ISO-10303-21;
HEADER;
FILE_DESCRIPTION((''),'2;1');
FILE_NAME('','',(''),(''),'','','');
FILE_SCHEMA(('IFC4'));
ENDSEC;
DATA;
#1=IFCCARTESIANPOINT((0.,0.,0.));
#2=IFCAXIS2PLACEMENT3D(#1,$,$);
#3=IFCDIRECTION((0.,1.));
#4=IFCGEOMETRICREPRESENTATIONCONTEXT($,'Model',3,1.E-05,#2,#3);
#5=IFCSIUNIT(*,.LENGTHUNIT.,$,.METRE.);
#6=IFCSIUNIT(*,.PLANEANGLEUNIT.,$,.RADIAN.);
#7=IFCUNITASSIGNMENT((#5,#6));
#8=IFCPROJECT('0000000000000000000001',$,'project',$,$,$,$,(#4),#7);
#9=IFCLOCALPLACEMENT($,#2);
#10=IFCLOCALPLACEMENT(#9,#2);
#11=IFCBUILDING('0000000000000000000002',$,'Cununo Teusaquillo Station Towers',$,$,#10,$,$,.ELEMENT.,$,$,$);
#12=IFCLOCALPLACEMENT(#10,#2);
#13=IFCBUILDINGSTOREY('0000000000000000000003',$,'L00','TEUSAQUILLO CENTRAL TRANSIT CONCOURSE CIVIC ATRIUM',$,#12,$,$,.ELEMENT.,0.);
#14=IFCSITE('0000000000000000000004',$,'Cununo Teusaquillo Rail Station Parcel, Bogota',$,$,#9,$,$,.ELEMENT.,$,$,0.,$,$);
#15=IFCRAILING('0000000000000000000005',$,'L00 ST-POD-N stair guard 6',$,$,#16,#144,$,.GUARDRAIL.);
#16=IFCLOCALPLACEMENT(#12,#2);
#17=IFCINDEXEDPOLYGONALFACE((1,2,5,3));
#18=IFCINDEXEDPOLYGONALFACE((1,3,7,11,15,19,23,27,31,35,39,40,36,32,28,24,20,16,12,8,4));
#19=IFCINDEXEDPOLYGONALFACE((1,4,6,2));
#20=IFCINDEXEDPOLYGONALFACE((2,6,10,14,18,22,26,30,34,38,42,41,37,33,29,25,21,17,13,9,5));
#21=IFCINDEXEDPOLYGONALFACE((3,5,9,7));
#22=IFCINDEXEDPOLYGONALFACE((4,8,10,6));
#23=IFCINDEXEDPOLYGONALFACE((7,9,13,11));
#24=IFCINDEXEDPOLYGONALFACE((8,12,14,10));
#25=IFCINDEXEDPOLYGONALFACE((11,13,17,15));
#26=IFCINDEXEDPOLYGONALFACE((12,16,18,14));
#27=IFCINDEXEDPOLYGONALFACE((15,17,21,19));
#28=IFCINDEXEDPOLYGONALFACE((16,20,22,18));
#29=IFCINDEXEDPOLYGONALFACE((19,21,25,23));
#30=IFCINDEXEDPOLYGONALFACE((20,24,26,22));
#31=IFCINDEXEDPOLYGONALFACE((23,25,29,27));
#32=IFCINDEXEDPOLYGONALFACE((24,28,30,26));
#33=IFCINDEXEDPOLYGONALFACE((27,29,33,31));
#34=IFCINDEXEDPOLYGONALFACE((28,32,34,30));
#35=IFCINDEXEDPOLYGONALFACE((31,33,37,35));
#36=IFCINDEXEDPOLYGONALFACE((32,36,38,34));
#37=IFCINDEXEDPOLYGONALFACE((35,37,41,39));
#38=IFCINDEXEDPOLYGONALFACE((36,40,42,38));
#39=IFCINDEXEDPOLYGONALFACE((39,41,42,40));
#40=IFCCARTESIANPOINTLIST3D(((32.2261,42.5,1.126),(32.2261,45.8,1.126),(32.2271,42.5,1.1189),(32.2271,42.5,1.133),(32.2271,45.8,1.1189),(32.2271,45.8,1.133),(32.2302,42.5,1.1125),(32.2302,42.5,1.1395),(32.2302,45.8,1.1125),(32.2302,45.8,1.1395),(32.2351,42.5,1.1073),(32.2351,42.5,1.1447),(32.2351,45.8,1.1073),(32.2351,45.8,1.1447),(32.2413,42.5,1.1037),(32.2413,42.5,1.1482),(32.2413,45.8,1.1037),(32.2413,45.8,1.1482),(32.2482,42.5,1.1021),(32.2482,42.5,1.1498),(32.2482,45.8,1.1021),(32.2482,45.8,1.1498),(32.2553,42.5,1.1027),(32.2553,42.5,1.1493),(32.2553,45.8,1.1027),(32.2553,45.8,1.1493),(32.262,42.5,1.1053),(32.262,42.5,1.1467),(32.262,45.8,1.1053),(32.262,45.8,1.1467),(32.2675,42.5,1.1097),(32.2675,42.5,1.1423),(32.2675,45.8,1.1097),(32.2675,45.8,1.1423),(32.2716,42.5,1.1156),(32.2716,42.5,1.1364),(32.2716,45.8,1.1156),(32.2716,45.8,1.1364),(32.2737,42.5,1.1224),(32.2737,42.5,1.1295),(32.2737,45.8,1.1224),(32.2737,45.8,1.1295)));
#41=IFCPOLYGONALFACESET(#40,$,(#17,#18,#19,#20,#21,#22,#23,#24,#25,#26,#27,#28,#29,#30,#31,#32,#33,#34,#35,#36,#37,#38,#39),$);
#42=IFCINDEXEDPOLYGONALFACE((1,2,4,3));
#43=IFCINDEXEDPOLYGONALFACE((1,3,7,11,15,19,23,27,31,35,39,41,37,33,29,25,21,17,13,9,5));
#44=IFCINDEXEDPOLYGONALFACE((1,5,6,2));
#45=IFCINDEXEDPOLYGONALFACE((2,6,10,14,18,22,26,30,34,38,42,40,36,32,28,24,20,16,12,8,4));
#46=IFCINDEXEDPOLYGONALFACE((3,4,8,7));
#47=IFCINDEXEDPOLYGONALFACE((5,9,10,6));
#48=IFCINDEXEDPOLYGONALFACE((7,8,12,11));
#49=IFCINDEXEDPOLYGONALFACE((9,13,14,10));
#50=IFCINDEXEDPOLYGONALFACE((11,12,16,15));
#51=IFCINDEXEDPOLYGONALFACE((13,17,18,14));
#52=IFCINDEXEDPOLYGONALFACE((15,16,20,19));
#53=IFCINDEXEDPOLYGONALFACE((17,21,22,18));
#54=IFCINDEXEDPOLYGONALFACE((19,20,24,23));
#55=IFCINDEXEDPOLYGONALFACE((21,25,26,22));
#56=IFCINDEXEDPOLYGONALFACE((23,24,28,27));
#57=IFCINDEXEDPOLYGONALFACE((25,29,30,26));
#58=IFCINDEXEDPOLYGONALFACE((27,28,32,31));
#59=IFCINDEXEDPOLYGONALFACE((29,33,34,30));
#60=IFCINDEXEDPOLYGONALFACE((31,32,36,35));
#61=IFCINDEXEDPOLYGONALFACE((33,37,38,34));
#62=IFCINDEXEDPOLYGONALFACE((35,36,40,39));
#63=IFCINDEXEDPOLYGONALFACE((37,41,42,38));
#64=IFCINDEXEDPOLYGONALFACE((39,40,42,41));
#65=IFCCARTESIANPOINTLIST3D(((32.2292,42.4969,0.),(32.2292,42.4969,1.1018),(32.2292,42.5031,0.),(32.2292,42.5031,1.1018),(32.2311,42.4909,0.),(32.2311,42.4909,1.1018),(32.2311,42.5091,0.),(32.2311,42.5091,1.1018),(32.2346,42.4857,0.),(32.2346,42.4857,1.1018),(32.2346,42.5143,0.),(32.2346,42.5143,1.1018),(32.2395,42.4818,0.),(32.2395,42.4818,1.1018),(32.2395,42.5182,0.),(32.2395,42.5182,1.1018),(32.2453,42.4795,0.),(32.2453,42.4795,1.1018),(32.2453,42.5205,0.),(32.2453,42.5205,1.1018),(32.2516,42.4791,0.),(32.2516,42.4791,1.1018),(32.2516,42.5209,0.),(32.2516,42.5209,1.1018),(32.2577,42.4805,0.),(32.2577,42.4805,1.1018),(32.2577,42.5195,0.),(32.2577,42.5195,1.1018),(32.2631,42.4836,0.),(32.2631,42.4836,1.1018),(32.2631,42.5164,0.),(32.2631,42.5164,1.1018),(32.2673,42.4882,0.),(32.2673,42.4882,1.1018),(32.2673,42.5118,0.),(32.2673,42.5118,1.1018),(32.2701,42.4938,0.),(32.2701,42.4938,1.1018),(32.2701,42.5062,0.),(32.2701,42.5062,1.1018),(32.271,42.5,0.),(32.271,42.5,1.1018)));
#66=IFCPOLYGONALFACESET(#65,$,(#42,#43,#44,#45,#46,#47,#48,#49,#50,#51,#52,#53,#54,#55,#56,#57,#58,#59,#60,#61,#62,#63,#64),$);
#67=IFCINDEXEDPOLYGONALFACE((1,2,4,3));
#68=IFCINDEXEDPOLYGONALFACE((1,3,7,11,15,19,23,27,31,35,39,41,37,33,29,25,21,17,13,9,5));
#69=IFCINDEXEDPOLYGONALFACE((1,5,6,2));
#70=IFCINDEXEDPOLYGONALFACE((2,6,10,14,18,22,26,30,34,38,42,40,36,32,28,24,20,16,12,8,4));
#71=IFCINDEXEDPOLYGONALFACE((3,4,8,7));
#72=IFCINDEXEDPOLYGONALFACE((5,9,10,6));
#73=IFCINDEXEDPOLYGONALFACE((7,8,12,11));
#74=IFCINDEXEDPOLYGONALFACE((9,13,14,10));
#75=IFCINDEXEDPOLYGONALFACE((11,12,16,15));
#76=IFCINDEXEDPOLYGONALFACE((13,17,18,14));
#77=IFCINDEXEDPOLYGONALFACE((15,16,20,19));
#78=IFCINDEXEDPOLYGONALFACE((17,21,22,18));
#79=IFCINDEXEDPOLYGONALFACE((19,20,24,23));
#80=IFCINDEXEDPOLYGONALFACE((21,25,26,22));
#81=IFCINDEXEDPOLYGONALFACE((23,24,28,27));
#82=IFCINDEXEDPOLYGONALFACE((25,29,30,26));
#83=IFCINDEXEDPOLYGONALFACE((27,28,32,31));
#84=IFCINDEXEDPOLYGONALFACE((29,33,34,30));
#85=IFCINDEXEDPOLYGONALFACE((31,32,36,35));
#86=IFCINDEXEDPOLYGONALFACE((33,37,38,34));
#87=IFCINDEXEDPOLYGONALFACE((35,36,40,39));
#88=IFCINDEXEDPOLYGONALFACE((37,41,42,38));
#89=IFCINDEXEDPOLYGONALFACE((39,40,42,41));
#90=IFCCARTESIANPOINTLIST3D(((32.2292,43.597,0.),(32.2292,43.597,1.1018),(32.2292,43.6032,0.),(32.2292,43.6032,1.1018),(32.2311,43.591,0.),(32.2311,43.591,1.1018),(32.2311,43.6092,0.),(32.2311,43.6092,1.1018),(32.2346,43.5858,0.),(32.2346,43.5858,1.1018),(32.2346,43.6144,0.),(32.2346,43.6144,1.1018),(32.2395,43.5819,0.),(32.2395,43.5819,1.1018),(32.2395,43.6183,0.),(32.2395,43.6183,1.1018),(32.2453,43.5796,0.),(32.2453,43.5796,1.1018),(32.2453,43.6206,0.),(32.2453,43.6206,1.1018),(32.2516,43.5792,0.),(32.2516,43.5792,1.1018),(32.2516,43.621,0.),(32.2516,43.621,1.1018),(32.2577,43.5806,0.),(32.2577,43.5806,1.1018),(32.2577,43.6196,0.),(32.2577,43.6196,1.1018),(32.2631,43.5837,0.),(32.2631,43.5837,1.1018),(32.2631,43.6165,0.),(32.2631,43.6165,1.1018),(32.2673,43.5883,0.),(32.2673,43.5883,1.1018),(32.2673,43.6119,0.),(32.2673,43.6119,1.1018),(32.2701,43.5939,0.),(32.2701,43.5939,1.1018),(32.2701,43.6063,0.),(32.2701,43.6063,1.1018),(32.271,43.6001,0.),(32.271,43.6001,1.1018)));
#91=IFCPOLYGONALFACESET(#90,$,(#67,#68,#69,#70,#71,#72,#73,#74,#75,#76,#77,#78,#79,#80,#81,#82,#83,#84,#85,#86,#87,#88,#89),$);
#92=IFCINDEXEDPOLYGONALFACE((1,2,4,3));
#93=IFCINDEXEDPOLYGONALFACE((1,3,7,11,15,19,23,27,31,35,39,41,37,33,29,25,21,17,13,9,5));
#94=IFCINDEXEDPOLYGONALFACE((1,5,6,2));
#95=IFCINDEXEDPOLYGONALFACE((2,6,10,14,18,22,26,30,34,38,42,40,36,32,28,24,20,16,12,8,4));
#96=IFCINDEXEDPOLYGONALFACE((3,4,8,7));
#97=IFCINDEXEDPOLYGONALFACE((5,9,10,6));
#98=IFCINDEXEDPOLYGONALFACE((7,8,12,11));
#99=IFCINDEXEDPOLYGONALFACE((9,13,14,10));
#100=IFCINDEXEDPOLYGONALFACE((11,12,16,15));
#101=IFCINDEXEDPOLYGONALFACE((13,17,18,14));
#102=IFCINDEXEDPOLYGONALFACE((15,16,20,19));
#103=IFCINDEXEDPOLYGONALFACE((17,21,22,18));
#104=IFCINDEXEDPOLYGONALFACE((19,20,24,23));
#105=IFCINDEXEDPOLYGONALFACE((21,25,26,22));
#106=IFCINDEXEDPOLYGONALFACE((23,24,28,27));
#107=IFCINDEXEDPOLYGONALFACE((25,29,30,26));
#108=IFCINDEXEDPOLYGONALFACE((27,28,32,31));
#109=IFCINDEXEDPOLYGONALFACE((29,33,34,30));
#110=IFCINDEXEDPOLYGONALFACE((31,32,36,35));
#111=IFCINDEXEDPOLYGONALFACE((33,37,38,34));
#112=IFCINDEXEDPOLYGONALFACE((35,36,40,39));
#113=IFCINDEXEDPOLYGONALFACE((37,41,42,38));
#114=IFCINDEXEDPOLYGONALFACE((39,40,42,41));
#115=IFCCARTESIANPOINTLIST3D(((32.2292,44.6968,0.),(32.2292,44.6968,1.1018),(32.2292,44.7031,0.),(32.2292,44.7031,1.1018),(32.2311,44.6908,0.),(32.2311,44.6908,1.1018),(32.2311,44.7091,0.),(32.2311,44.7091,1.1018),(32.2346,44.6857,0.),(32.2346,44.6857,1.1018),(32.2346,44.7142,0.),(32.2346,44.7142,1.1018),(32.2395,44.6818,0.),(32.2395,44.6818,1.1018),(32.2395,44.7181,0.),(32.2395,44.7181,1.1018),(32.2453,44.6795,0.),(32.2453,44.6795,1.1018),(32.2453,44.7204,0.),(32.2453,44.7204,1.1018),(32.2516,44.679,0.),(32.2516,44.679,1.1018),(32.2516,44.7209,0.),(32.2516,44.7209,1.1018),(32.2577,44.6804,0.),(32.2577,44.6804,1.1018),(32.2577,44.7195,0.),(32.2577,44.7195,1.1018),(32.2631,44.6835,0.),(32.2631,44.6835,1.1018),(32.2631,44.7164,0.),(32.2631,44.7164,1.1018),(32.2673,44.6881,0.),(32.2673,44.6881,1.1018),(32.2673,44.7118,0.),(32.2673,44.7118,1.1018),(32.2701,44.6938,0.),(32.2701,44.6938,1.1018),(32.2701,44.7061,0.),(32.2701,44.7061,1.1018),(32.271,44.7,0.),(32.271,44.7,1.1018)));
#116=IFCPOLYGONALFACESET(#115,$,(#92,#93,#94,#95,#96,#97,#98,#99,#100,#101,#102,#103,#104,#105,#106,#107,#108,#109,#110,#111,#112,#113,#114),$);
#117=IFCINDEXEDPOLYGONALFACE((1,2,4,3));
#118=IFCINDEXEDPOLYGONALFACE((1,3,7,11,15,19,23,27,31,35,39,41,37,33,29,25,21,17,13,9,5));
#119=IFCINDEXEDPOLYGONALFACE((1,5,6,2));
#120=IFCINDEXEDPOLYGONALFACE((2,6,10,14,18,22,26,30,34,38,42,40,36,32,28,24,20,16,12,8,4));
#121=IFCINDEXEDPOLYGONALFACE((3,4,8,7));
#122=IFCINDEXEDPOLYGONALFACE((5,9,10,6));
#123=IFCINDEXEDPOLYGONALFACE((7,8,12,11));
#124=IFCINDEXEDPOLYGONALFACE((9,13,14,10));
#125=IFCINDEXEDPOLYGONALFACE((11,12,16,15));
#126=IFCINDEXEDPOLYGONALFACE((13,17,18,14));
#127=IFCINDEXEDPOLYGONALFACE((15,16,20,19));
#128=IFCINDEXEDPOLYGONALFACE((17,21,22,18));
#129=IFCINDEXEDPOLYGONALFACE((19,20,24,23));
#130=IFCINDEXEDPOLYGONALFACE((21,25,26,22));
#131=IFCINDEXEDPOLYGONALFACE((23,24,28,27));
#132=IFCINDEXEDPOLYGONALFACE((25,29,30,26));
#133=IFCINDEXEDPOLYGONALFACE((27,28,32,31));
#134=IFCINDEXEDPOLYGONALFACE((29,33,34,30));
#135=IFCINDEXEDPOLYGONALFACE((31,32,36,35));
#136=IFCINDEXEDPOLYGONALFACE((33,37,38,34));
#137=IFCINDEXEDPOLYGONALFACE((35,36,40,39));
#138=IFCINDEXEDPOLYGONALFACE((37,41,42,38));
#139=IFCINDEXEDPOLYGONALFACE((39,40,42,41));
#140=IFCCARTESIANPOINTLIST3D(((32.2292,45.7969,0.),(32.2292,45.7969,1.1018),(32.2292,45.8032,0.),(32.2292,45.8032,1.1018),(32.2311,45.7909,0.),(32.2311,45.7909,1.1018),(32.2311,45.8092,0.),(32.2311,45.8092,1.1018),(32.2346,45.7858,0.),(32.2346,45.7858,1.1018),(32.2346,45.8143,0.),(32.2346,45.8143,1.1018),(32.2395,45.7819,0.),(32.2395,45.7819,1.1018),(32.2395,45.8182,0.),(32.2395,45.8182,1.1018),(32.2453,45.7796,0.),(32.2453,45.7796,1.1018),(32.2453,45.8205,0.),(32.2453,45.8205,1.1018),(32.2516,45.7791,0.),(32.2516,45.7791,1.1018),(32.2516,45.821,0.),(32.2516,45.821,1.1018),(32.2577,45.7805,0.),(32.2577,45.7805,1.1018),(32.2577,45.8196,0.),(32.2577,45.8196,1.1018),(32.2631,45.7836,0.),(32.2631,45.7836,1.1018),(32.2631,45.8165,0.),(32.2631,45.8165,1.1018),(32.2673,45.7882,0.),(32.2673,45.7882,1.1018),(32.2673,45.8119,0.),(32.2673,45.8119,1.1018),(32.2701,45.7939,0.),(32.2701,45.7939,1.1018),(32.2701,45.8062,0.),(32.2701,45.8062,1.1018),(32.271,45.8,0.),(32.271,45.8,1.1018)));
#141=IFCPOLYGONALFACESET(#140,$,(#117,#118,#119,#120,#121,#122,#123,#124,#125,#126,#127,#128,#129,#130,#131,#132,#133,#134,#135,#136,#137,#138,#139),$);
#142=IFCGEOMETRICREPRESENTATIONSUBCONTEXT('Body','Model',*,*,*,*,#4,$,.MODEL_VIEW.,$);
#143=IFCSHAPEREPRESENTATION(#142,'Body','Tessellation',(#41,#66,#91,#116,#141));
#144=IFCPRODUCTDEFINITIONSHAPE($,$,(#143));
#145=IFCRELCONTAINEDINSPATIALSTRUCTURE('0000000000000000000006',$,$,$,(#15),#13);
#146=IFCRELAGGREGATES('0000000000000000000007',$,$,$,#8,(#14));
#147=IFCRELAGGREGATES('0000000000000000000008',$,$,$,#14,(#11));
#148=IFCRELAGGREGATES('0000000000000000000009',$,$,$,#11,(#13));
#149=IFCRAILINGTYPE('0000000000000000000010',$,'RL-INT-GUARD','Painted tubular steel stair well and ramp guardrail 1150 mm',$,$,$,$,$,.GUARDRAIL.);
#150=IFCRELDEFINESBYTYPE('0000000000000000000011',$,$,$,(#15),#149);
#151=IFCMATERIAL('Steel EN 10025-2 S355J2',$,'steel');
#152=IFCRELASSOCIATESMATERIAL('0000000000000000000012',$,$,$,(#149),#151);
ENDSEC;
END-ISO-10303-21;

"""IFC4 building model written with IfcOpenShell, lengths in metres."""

from ifc_helpers import new_model, si_unit, direction, frame, origin, origin_2d, place, context, subcontext, project, spatial, circle, extrude, material, type_object, element, save


model = new_model("IFC4")

# Units and contexts
model_context = context("Model", 3, precision=1e-05, world=origin(), true_north=direction((0.0, 1.0)))
body_context = subcontext(model_context, "Body", "Model", "MODEL_VIEW")
ifc_project = project(units=[si_unit("LENGTHUNIT", "METRE"), si_unit("PLANEANGLEUNIT", "RADIAN")], contexts=[model_context])

# Site, building, storey
site_placement = place(None, origin())
site = spatial("IfcSite", under=ifc_project, at=site_placement, Name="Cununo Teusaquillo Rail Station Parcel, Bogota", CompositionType="ELEMENT", RefElevation=0.0)
building_placement = place(site_placement, origin())
building = spatial("IfcBuilding", under=site, at=building_placement, Name="Cununo Teusaquillo Station Towers", CompositionType="ELEMENT")
storey_placement = place(building_placement, origin())
storey = spatial("IfcBuildingStorey", under=building, at=storey_placement, Name="L00", Description="TEUSAQUILLO CENTRAL TRANSIT CONCOURSE CIVIC ATRIUM", CompositionType="ELEMENT", Elevation=0.0)

# Railing
ifc_material_1 = material(Name="Steel EN 10025-2 S355J2", Category="steel")
railing_type_1 = type_object("IfcRailingType", Name="RL-INT-GUARD", Description="Painted tubular steel stair well and ramp guardrail 1150 mm", PredefinedType="GUARDRAIL", material=ifc_material_1)
railing_1_placement = place(storey_placement, frame((32.25, 42.5, 0.0)))
element("IfcRailing", 1, at=railing_1_placement, inside=storey, type_object=railing_type_1, Name="L00 ST-POD-N stair guard 6", PredefinedType="GUARDRAIL", context=body_context, shape_type="SweptSolid", body=[
    extrude(circle(Radius=0.0239, at=origin_2d()), frame((0.0, 0.0, 1.126), z_axis=(0.0, 1.0, 0.0), x_axis=(-1.0, 0.0, 0.0)), (0.0, 0.0, 1.0), 3.3),
    extrude(circle(Radius=0.021, at=origin_2d()), origin(), (0.0, 0.0, 1.0), 1.1018),
    extrude(circle(Radius=0.021, at=origin_2d()), frame((0.0, 1.1001, 0.0)), (0.0, 0.0, 1.0), 1.1018),
    extrude(circle(Radius=0.021, at=origin_2d()), frame((0.0, 2.2, 0.0)), (0.0, 0.0, 1.0), 1.1018),
    extrude(circle(Radius=0.021, at=origin_2d()), frame((0.0, 3.3, 0.0)), (0.0, 0.0, 1.0), 1.1018),
])

save(model, "model.ifc")
